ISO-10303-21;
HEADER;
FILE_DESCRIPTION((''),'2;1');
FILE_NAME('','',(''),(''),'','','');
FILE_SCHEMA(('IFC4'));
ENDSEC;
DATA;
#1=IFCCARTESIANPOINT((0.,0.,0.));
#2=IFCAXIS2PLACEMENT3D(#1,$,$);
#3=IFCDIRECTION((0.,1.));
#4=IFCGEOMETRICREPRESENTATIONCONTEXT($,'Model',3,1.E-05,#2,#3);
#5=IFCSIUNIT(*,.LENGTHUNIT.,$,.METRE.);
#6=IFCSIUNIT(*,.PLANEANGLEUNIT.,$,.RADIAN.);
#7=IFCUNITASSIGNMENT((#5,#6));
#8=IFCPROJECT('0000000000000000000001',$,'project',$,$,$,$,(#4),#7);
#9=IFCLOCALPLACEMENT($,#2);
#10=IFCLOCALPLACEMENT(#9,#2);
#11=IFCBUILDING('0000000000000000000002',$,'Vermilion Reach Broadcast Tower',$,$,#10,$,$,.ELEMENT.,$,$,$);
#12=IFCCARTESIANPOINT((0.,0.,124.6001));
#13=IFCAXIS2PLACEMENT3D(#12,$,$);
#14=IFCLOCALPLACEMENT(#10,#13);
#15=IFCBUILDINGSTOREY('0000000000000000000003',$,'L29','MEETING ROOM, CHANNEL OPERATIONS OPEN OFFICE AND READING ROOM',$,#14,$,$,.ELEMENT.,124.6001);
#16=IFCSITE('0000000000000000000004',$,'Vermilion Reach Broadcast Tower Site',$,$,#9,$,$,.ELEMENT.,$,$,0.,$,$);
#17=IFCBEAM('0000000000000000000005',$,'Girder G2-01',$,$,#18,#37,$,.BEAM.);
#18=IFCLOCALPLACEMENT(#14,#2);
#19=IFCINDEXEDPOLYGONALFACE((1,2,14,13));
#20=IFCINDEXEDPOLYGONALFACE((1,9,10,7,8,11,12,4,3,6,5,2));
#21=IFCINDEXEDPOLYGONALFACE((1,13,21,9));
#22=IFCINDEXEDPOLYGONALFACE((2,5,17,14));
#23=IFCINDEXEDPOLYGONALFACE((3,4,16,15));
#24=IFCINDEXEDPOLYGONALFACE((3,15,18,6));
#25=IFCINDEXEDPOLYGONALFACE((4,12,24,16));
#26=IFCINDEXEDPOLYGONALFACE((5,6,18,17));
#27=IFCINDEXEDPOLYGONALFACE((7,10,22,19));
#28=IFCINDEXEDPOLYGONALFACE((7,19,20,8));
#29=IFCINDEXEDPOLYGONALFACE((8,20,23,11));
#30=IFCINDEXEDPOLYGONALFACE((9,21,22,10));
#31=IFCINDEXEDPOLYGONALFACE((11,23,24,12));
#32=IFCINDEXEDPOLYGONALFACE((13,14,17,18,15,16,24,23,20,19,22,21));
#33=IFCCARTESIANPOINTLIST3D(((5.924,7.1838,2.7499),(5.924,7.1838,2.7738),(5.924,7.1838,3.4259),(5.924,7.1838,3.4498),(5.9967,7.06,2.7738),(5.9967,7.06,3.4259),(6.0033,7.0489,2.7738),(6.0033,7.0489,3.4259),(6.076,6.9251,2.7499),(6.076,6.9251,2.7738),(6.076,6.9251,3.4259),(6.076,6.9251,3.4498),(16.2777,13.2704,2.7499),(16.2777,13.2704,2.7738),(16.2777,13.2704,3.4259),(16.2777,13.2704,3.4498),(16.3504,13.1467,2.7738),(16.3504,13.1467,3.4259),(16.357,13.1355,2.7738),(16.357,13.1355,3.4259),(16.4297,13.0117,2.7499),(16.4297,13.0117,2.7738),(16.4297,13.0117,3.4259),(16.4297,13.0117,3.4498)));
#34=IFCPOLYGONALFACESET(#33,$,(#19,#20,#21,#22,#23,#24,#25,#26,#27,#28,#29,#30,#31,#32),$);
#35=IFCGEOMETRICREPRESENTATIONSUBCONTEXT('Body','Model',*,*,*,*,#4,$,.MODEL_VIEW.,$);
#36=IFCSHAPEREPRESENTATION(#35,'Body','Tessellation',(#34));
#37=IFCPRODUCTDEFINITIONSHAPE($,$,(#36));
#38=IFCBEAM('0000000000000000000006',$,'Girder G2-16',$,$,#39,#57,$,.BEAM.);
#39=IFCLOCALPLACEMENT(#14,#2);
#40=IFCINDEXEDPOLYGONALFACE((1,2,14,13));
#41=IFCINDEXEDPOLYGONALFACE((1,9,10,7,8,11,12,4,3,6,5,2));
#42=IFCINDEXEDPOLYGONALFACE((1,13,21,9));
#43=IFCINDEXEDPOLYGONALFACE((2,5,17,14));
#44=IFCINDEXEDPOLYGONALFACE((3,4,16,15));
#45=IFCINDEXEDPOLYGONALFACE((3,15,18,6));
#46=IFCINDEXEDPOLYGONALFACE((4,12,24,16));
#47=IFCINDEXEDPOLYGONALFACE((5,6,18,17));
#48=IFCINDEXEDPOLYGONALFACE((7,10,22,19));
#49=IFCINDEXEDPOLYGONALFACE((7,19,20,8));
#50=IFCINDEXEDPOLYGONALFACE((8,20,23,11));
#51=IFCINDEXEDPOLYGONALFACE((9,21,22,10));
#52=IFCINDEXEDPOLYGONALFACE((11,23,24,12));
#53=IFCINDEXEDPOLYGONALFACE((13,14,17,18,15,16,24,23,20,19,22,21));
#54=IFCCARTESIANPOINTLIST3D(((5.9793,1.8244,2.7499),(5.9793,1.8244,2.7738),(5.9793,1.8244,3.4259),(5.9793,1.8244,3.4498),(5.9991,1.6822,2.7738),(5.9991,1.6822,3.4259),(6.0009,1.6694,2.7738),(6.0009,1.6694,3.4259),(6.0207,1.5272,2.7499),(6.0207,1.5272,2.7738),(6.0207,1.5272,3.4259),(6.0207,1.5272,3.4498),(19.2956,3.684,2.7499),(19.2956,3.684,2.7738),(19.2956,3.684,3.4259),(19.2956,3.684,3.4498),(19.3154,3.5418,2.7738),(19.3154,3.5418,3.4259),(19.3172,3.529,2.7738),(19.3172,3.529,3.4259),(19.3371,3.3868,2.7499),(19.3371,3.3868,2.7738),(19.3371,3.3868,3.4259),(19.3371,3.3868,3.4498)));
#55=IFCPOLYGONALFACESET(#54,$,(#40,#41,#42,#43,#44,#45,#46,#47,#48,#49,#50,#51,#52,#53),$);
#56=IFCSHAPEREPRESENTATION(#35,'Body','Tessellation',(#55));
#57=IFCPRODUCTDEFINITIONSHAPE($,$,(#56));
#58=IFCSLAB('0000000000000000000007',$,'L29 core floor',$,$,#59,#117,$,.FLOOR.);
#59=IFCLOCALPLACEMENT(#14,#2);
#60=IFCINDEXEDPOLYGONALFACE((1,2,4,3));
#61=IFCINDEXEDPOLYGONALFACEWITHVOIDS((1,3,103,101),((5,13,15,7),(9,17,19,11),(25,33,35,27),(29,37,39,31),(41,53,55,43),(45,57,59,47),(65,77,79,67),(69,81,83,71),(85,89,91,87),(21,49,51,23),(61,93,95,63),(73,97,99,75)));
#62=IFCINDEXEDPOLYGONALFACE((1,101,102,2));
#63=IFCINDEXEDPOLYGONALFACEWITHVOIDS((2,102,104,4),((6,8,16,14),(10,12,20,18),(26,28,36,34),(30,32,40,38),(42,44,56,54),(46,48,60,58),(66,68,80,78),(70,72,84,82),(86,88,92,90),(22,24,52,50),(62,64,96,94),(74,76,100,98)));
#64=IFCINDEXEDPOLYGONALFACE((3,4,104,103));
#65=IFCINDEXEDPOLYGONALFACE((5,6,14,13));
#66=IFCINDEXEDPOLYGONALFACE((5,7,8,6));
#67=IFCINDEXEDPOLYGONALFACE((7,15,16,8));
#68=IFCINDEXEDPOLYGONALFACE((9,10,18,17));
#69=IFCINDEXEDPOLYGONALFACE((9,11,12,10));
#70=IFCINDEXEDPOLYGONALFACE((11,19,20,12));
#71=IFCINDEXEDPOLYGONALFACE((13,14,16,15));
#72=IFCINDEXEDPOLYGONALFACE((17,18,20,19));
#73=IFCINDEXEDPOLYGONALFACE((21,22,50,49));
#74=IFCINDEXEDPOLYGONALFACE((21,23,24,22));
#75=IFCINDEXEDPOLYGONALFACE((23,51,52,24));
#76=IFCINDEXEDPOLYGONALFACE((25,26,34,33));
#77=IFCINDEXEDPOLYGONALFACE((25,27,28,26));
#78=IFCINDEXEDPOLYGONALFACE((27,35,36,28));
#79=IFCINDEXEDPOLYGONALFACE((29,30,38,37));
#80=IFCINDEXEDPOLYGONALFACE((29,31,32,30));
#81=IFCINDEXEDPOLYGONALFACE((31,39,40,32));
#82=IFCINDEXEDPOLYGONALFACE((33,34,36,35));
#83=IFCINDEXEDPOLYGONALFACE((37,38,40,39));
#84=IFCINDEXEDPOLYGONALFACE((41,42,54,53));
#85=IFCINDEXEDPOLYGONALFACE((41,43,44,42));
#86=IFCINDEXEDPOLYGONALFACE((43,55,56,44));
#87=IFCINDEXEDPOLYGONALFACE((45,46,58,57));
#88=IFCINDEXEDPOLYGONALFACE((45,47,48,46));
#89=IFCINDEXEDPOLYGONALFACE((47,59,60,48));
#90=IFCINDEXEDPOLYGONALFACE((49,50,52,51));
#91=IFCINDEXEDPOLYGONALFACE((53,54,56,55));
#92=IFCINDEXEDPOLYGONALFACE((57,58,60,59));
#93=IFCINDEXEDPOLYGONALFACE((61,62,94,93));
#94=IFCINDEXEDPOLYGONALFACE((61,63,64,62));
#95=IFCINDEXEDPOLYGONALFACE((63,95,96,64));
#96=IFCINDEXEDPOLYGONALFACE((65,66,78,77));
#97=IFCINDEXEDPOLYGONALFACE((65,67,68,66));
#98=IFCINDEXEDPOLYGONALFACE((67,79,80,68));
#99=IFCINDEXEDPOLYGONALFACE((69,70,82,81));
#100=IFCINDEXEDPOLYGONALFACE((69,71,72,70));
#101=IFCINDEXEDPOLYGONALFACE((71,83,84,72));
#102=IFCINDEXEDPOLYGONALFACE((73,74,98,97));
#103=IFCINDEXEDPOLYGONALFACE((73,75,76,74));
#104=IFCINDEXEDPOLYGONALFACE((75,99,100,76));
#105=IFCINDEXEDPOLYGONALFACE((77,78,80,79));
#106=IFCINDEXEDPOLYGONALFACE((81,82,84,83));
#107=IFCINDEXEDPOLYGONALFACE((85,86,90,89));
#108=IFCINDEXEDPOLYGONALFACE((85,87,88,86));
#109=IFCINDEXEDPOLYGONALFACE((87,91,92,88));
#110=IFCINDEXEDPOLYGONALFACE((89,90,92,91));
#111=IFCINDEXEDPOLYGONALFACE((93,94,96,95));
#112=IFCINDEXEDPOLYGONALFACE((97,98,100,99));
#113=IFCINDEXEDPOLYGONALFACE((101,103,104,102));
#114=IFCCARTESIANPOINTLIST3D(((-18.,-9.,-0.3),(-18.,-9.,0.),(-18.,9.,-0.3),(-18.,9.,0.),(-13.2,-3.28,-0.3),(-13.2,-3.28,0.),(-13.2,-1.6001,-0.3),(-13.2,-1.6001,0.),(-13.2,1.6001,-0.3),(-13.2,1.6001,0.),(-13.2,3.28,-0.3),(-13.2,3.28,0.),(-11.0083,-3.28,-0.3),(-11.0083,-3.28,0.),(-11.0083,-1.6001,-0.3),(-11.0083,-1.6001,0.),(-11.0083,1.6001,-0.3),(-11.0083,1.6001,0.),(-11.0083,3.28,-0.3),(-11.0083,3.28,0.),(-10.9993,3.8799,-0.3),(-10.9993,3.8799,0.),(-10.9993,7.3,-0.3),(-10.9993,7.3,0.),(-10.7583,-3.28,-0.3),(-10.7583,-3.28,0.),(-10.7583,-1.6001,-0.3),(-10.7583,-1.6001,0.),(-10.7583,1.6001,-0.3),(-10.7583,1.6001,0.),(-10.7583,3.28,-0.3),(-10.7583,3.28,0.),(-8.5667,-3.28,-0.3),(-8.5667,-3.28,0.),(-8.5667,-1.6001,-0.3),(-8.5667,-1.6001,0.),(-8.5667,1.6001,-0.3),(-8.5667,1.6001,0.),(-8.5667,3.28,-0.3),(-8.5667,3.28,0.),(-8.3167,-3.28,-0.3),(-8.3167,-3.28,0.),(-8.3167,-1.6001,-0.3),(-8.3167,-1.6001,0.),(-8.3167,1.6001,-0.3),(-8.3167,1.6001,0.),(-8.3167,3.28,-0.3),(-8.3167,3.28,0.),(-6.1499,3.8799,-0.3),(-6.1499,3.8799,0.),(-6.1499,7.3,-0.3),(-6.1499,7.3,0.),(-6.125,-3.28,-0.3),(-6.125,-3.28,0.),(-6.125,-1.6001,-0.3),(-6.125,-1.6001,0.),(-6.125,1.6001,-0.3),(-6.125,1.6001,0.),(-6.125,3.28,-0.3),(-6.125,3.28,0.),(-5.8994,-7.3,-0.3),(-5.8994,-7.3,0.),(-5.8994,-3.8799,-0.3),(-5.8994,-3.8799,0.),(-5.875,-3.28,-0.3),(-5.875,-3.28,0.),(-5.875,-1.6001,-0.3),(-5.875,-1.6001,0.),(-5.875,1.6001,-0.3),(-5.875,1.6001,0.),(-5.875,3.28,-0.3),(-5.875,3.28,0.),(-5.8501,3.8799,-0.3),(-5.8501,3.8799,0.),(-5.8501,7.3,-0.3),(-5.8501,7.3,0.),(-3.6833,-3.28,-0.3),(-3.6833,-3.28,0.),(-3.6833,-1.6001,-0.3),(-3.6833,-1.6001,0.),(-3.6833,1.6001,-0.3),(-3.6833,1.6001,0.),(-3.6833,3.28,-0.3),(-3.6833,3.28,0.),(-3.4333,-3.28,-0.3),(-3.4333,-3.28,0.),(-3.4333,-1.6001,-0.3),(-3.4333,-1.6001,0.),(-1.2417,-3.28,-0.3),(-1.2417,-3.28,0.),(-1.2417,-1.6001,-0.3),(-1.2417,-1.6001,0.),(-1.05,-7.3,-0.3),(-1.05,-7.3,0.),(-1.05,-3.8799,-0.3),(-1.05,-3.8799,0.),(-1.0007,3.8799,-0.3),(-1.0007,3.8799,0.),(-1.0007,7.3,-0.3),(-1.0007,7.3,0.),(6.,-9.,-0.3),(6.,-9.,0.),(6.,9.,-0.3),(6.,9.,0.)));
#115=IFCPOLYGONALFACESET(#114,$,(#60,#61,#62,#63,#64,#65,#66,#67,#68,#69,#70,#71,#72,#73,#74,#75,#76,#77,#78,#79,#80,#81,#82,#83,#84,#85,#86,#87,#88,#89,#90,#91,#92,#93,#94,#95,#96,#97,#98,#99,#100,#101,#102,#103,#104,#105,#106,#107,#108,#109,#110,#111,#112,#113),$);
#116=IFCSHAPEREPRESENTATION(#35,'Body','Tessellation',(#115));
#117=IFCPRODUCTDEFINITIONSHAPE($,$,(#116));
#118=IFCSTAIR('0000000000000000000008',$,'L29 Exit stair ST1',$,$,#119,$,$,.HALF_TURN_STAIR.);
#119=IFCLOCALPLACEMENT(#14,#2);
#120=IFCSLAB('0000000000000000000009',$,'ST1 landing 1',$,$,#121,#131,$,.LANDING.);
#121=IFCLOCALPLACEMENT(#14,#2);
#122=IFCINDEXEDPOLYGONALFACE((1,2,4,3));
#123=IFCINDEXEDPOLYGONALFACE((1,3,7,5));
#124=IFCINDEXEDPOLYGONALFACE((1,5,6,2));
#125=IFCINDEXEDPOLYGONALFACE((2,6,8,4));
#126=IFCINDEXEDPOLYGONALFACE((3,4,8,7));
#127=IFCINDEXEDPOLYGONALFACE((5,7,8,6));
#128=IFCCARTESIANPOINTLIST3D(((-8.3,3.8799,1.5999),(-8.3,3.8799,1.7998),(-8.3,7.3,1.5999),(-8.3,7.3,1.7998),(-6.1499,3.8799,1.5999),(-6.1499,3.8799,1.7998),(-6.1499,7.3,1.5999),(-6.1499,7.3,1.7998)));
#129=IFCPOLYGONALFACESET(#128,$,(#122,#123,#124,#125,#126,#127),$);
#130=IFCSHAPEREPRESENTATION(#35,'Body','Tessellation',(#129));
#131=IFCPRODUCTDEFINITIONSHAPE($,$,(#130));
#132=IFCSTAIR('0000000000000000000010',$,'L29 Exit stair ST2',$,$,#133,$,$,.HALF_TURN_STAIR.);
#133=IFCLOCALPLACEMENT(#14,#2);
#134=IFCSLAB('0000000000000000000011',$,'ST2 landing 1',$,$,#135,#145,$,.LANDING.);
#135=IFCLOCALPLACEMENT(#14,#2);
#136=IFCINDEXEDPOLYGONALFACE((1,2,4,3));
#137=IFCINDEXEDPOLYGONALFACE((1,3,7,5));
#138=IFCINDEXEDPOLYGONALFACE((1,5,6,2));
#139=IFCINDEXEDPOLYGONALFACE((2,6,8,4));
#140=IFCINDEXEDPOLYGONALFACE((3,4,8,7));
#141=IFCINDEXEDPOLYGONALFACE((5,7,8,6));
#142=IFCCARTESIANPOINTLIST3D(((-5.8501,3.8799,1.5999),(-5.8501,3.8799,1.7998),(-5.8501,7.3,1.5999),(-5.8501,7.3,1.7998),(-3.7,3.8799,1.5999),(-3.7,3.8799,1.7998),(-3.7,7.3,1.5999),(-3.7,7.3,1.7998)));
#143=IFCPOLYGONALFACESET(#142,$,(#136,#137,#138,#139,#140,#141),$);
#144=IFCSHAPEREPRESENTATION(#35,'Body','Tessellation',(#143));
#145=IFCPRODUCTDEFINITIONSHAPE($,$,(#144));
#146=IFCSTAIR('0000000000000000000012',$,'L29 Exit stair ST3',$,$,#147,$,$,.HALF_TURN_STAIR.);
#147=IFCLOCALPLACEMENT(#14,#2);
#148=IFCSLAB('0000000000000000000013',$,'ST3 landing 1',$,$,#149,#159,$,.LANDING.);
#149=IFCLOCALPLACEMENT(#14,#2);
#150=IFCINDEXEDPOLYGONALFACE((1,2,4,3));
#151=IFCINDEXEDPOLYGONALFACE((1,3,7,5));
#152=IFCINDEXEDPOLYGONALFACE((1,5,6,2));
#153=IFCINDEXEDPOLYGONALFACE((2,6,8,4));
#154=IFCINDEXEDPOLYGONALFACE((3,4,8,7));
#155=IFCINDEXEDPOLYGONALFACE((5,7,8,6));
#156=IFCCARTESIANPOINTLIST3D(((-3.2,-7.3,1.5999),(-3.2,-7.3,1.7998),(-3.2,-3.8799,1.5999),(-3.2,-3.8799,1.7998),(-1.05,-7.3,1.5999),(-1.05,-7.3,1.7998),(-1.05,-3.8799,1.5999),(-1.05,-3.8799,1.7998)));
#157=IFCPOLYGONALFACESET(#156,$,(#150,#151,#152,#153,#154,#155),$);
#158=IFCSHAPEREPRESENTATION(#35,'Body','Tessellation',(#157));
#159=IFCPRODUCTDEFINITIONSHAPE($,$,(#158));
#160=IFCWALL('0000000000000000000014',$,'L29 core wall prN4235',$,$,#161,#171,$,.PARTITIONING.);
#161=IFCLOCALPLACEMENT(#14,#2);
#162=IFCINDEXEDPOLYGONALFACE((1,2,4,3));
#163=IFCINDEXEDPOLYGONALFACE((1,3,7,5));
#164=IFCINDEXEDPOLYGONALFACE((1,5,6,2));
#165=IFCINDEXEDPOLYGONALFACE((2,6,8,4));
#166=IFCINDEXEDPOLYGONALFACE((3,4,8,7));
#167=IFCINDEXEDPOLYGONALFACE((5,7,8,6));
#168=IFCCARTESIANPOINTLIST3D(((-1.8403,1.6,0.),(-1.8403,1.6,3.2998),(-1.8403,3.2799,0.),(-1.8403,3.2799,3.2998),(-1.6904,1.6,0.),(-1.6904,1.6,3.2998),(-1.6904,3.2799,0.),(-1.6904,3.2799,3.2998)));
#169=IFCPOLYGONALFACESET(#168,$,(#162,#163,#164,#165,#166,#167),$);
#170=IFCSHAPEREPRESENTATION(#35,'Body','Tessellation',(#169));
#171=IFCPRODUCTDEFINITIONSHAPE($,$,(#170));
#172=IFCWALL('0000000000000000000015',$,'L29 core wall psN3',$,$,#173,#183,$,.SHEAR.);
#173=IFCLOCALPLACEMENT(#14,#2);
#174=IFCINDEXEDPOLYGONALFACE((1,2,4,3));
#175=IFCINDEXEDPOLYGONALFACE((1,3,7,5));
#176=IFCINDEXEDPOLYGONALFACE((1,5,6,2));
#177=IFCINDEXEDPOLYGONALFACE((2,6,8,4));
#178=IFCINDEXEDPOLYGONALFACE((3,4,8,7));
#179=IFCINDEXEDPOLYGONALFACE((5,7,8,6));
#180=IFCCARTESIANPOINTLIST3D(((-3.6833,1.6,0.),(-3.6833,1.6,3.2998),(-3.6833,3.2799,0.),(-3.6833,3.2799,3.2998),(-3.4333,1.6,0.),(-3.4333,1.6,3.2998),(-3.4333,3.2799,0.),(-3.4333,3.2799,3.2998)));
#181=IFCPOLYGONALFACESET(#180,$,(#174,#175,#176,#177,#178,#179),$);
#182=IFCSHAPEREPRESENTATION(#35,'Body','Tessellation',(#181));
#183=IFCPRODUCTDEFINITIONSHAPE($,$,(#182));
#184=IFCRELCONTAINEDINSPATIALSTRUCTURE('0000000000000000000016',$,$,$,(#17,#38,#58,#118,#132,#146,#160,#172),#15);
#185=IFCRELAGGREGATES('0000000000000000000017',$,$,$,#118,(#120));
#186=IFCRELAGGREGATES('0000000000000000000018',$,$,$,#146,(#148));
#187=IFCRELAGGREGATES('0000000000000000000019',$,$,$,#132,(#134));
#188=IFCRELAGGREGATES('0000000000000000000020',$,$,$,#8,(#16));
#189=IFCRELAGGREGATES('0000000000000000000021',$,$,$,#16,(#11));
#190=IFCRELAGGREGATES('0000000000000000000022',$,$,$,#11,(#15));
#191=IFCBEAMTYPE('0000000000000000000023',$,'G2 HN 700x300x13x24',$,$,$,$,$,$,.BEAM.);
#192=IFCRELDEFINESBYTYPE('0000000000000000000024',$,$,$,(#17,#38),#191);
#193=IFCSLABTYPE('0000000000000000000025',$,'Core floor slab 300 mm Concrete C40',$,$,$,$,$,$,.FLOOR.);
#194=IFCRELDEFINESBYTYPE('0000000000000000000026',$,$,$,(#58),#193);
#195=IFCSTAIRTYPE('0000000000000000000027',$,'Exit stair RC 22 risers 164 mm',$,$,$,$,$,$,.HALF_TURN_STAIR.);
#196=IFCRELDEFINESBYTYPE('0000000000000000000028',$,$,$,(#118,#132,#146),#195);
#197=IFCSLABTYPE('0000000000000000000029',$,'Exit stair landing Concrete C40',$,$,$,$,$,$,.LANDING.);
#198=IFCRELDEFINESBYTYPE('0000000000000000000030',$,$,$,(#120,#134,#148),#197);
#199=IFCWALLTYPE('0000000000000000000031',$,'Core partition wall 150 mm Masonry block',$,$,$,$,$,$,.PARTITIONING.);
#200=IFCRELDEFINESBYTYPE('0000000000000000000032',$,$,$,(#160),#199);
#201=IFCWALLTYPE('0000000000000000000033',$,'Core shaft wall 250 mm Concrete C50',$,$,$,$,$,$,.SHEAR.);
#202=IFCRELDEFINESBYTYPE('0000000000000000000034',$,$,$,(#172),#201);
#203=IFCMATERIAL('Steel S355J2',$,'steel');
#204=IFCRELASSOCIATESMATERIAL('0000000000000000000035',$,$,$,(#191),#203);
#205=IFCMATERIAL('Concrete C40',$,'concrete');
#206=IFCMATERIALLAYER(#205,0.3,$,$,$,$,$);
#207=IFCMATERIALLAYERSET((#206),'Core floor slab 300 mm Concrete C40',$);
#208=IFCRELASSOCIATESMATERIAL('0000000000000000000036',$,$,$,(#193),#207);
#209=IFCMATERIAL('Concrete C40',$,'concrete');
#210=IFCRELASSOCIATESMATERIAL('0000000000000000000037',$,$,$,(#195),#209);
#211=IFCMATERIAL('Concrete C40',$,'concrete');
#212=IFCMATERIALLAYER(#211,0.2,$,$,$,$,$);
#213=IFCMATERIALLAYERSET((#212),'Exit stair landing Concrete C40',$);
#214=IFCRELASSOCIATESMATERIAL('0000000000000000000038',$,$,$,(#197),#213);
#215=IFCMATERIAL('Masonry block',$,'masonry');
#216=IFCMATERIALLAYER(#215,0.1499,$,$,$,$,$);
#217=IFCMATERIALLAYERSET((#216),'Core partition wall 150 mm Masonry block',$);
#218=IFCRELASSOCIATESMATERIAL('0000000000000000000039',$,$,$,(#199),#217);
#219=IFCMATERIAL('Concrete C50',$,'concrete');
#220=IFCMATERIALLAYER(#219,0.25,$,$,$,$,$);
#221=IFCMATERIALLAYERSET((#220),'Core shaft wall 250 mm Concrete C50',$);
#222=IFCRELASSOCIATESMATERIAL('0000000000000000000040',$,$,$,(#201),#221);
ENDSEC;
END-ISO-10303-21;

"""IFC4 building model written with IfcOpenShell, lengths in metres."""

from ifc_helpers import new_model, si_unit, direction, frame, frame_2d, origin, origin_2d, place, context, subcontext, project, spatial, polyline, rectangle, i_section, outline, extrude, material, layer, layer_set, material_profile, profile_set, type_object, element, aggregate, save


model = new_model("IFC4")

# Units and contexts
model_context = context("Model", 3, precision=1e-05, world=origin(), true_north=direction((0.0, 1.0)))
body_context = subcontext(model_context, "Body", "Model", "MODEL_VIEW")
ifc_project = project(units=[si_unit("LENGTHUNIT", "METRE"), si_unit("PLANEANGLEUNIT", "RADIAN")], contexts=[model_context])

# Site, building, storey
site_placement = place(None, origin())
site = spatial("IfcSite", under=ifc_project, at=site_placement, Name="Vermilion Reach Broadcast Tower Site", CompositionType="ELEMENT", RefElevation=0.0)
building_placement = place(site_placement, origin())
building = spatial("IfcBuilding", under=site, at=building_placement, Name="Vermilion Reach Broadcast Tower", CompositionType="ELEMENT")
storey_placement = place(building_placement, frame((0.0, 0.0, 124.6001)))
storey = spatial("IfcBuildingStorey", under=building, at=storey_placement, Name="L29", Description="MEETING ROOM, CHANNEL OPERATIONS OPEN OFFICE AND READING ROOM", CompositionType="ELEMENT", Elevation=124.6001)

# Beams
ifc_material_1 = material(Name="Steel S355J2", Category="steel")
ifc_material_profile = material_profile(ifc_material_1, i_section(OverallWidth=0.3, OverallDepth=0.7, WebThickness=0.0129, FlangeThickness=0.0239, at=origin_2d()), Name="S355J2 HN 700x300x13x24")
ifc_profile_set = profile_set([ifc_material_profile], Name="Steel S355J2")
beam_type = type_object("IfcBeamType", Name="G2 HN 700x300x13x24", PredefinedType="BEAM", material=ifc_profile_set)
beam_1_placement = place(storey_placement, frame((6.0, 7.0544, 3.0999), z_axis=(0.862072, 0.506786, 0.0), x_axis=(-0.506786, 0.862072, 0.0)))
element("IfcBeam", 1, at=beam_1_placement, inside=storey, type_object=beam_type, Name="Girder G2-01", PredefinedType="BEAM", context=body_context, shape_type="SweptSolid", body=[
    extrude(i_section(OverallWidth=0.3, OverallDepth=0.7, WebThickness=0.0129, FlangeThickness=0.0239, at=origin_2d()), origin(), (0.0, 0.0, 1.0), 12.0103),
])
beam_2_placement = place(storey_placement, frame((6.0, 1.6758, 3.0999), z_axis=(0.990389, 0.138307, 0.0), x_axis=(-0.138307, 0.990389, 0.0)))
element("IfcBeam", 2, at=beam_2_placement, inside=storey, type_object=beam_type, Name="Girder G2-16", PredefinedType="BEAM", context=body_context, shape_type="SweptSolid", body=[
    extrude(i_section(OverallWidth=0.3, OverallDepth=0.7, WebThickness=0.0129, FlangeThickness=0.0239, at=origin_2d()), origin(), (0.0, 0.0, 1.0), 13.4456),
])

# Slab
ifc_material_2 = material(Name="Concrete C40", Category="concrete")
ifc_layer_1 = layer(ifc_material_2, 0.3)
ifc_layer_set_1 = layer_set([ifc_layer_1], Name="Core floor slab 300 mm Concrete C40")
slab_type_1 = type_object("IfcSlabType", Name="Core floor slab 300 mm Concrete C40", PredefinedType="FLOOR", material=ifc_layer_set_1)
slab_1_placement = place(storey_placement, frame((0.0, 0.0, -0.3)))
element("IfcSlab", 3, at=slab_1_placement, inside=storey, type_object=slab_type_1, Name="L29 core floor", PredefinedType="FLOOR", context=body_context, shape_type="SweptSolid", body=[
    extrude(outline(polyline([(-18.0, -9.0), (6.0, -9.0), (6.0, 9.0), (-18.0, 9.0), (-18.0, -9.0)]), holes=[polyline([(-13.2, 1.6001), (-11.0083, 1.6001), (-11.0083, 3.28), (-13.2, 3.28), (-13.2, 1.6001)]), polyline([(-10.7583, 1.6001), (-8.5667, 1.6001), (-8.5667, 3.28), (-10.7583, 3.28), (-10.7583, 1.6001)]), polyline([(-8.3167, 1.6001), (-6.125, 1.6001), (-6.125, 3.28), (-8.3167, 3.28), (-8.3167, 1.6001)]), polyline([(-5.875, 1.6001), (-3.6833, 1.6001), (-3.6833, 3.28), (-5.875, 3.28), (-5.875, 1.6001)]), polyline([(-13.2, -3.28), (-11.0083, -3.28), (-11.0083, -1.6001), (-13.2, -1.6001), (-13.2, -3.28)]), polyline([(-10.7583, -3.28), (-8.5667, -3.28), (-8.5667, -1.6001), (-10.7583, -1.6001), (-10.7583, -3.28)]), polyline([(-8.3167, -3.28), (-6.125, -3.28), (-6.125, -1.6001), (-8.3167, -1.6001), (-8.3167, -3.28)]), polyline([(-5.875, -3.28), (-3.6833, -3.28), (-3.6833, -1.6001), (-5.875, -1.6001), (-5.875, -3.28)]), polyline([(-3.4333, -3.28), (-1.2417, -3.28), (-1.2417, -1.6001), (-3.4333, -1.6001), (-3.4333, -3.28)]), polyline([(-10.9993, 3.8799), (-6.1499, 3.8799), (-6.1499, 7.3), (-10.9993, 7.3), (-10.9993, 3.8799)]), polyline([(-1.0007, 7.3), (-5.8501, 7.3), (-5.8501, 3.8799), (-1.0007, 3.8799), (-1.0007, 7.3)]), polyline([(-5.8994, -7.3), (-1.05, -7.3), (-1.05, -3.8799), (-5.8994, -3.8799), (-5.8994, -7.3)])]), origin(), (0.0, 0.0, 1.0), 0.3),
])

# Stairs, slabs
ifc_material_3 = material(Name="Concrete C40", Category="concrete")
stair_type = type_object("IfcStairType", Name="Exit stair RC 22 risers 164 mm", PredefinedType="HALF_TURN_STAIR", material=ifc_material_3)
placement_1 = place(storey_placement, origin())
stair_1 = element("IfcStair", 4, at=placement_1, inside=storey, type_object=stair_type, Name="L29 Exit stair ST1", PredefinedType="HALF_TURN_STAIR")
ifc_material_4 = material(Name="Concrete C40", Category="concrete")
ifc_layer_2 = layer(ifc_material_4, 0.2)
ifc_layer_set_2 = layer_set([ifc_layer_2], Name="Exit stair landing Concrete C40")
slab_type_2 = type_object("IfcSlabType", Name="Exit stair landing Concrete C40", PredefinedType="LANDING", material=ifc_layer_set_2)
placement_2 = place(storey_placement, frame((0.0, 0.0, 1.5999)))
slab_2 = element("IfcSlab", 5, at=placement_2, type_object=slab_type_2, Name="ST1 landing 1", PredefinedType="LANDING", context=body_context, shape_type="SweptSolid", body=[
    extrude(outline(polyline([(-8.3, 3.8799), (-6.1499, 3.8799), (-6.1499, 7.3), (-8.3, 7.3), (-8.3, 3.8799)])), origin(), (0.0, 0.0, 1.0), 0.2),
])
aggregate(stair_1, [slab_2])
stair_2 = element("IfcStair", 6, at=placement_1, inside=storey, type_object=stair_type, Name="L29 Exit stair ST2", PredefinedType="HALF_TURN_STAIR")
slab_3 = element("IfcSlab", 7, at=placement_2, type_object=slab_type_2, Name="ST2 landing 1", PredefinedType="LANDING", context=body_context, shape_type="SweptSolid", body=[
    extrude(outline(polyline([(-3.7, 7.3), (-5.8501, 7.3), (-5.8501, 3.8799), (-3.7, 3.8799), (-3.7, 7.3)])), origin(), (0.0, 0.0, 1.0), 0.2),
])
stair_3 = element("IfcStair", 8, at=placement_1, inside=storey, type_object=stair_type, Name="L29 Exit stair ST3", PredefinedType="HALF_TURN_STAIR")
slab_4 = element("IfcSlab", 9, at=placement_2, type_object=slab_type_2, Name="ST3 landing 1", PredefinedType="LANDING", context=body_context, shape_type="SweptSolid", body=[
    extrude(outline(polyline([(-3.2, -7.3), (-1.05, -7.3), (-1.05, -3.8799), (-3.2, -3.8799), (-3.2, -7.3)])), origin(), (0.0, 0.0, 1.0), 0.2),
])
aggregate(stair_3, [slab_4])

# Walls
ifc_material_5 = material(Name="Masonry block", Category="masonry")
ifc_layer_3 = layer(ifc_material_5, 0.1499)
ifc_layer_set_3 = layer_set([ifc_layer_3], Name="Core partition wall 150 mm Masonry block")
wall_type_1 = type_object("IfcWallType", Name="Core partition wall 150 mm Masonry block", PredefinedType="PARTITIONING", material=ifc_layer_set_3)
wall_1_placement = place(storey_placement, frame((-1.7654, 1.6001, 0.0), z_axis=(0.0, 0.0, 1.0), x_axis=(0.0, 1.0, 0.0)))
element("IfcWall", 10, at=wall_1_placement, inside=storey, type_object=wall_type_1, Name="L29 core wall prN4235", PredefinedType="PARTITIONING", context=body_context, shape_type="SweptSolid", body=[
    extrude(rectangle(XDim=1.6799, YDim=0.1499, at=frame_2d((0.8398, 0.0))), origin(), (0.0, 0.0, 1.0), 3.2998),
])
ifc_material_6 = material(Name="Concrete C50", Category="concrete")
ifc_layer_4 = layer(ifc_material_6, 0.25)
ifc_layer_set_4 = layer_set([ifc_layer_4], Name="Core shaft wall 250 mm Concrete C50")
wall_type_2 = type_object("IfcWallType", Name="Core shaft wall 250 mm Concrete C50", PredefinedType="SHEAR", material=ifc_layer_set_4)
wall_2_placement = place(storey_placement, frame((-3.5583, 1.6001, 0.0), z_axis=(0.0, 0.0, 1.0), x_axis=(0.0, 1.0, 0.0)))
element("IfcWall", 11, at=wall_2_placement, inside=storey, type_object=wall_type_2, Name="L29 core wall psN3", PredefinedType="SHEAR", context=body_context, shape_type="SweptSolid", body=[
    extrude(rectangle(XDim=1.6799, YDim=0.25, at=frame_2d((0.8398, 0.0))), origin(), (0.0, 0.0, 1.0), 3.2998),
])

aggregate(stair_2, [slab_3])

save(model, "model.ifc")
